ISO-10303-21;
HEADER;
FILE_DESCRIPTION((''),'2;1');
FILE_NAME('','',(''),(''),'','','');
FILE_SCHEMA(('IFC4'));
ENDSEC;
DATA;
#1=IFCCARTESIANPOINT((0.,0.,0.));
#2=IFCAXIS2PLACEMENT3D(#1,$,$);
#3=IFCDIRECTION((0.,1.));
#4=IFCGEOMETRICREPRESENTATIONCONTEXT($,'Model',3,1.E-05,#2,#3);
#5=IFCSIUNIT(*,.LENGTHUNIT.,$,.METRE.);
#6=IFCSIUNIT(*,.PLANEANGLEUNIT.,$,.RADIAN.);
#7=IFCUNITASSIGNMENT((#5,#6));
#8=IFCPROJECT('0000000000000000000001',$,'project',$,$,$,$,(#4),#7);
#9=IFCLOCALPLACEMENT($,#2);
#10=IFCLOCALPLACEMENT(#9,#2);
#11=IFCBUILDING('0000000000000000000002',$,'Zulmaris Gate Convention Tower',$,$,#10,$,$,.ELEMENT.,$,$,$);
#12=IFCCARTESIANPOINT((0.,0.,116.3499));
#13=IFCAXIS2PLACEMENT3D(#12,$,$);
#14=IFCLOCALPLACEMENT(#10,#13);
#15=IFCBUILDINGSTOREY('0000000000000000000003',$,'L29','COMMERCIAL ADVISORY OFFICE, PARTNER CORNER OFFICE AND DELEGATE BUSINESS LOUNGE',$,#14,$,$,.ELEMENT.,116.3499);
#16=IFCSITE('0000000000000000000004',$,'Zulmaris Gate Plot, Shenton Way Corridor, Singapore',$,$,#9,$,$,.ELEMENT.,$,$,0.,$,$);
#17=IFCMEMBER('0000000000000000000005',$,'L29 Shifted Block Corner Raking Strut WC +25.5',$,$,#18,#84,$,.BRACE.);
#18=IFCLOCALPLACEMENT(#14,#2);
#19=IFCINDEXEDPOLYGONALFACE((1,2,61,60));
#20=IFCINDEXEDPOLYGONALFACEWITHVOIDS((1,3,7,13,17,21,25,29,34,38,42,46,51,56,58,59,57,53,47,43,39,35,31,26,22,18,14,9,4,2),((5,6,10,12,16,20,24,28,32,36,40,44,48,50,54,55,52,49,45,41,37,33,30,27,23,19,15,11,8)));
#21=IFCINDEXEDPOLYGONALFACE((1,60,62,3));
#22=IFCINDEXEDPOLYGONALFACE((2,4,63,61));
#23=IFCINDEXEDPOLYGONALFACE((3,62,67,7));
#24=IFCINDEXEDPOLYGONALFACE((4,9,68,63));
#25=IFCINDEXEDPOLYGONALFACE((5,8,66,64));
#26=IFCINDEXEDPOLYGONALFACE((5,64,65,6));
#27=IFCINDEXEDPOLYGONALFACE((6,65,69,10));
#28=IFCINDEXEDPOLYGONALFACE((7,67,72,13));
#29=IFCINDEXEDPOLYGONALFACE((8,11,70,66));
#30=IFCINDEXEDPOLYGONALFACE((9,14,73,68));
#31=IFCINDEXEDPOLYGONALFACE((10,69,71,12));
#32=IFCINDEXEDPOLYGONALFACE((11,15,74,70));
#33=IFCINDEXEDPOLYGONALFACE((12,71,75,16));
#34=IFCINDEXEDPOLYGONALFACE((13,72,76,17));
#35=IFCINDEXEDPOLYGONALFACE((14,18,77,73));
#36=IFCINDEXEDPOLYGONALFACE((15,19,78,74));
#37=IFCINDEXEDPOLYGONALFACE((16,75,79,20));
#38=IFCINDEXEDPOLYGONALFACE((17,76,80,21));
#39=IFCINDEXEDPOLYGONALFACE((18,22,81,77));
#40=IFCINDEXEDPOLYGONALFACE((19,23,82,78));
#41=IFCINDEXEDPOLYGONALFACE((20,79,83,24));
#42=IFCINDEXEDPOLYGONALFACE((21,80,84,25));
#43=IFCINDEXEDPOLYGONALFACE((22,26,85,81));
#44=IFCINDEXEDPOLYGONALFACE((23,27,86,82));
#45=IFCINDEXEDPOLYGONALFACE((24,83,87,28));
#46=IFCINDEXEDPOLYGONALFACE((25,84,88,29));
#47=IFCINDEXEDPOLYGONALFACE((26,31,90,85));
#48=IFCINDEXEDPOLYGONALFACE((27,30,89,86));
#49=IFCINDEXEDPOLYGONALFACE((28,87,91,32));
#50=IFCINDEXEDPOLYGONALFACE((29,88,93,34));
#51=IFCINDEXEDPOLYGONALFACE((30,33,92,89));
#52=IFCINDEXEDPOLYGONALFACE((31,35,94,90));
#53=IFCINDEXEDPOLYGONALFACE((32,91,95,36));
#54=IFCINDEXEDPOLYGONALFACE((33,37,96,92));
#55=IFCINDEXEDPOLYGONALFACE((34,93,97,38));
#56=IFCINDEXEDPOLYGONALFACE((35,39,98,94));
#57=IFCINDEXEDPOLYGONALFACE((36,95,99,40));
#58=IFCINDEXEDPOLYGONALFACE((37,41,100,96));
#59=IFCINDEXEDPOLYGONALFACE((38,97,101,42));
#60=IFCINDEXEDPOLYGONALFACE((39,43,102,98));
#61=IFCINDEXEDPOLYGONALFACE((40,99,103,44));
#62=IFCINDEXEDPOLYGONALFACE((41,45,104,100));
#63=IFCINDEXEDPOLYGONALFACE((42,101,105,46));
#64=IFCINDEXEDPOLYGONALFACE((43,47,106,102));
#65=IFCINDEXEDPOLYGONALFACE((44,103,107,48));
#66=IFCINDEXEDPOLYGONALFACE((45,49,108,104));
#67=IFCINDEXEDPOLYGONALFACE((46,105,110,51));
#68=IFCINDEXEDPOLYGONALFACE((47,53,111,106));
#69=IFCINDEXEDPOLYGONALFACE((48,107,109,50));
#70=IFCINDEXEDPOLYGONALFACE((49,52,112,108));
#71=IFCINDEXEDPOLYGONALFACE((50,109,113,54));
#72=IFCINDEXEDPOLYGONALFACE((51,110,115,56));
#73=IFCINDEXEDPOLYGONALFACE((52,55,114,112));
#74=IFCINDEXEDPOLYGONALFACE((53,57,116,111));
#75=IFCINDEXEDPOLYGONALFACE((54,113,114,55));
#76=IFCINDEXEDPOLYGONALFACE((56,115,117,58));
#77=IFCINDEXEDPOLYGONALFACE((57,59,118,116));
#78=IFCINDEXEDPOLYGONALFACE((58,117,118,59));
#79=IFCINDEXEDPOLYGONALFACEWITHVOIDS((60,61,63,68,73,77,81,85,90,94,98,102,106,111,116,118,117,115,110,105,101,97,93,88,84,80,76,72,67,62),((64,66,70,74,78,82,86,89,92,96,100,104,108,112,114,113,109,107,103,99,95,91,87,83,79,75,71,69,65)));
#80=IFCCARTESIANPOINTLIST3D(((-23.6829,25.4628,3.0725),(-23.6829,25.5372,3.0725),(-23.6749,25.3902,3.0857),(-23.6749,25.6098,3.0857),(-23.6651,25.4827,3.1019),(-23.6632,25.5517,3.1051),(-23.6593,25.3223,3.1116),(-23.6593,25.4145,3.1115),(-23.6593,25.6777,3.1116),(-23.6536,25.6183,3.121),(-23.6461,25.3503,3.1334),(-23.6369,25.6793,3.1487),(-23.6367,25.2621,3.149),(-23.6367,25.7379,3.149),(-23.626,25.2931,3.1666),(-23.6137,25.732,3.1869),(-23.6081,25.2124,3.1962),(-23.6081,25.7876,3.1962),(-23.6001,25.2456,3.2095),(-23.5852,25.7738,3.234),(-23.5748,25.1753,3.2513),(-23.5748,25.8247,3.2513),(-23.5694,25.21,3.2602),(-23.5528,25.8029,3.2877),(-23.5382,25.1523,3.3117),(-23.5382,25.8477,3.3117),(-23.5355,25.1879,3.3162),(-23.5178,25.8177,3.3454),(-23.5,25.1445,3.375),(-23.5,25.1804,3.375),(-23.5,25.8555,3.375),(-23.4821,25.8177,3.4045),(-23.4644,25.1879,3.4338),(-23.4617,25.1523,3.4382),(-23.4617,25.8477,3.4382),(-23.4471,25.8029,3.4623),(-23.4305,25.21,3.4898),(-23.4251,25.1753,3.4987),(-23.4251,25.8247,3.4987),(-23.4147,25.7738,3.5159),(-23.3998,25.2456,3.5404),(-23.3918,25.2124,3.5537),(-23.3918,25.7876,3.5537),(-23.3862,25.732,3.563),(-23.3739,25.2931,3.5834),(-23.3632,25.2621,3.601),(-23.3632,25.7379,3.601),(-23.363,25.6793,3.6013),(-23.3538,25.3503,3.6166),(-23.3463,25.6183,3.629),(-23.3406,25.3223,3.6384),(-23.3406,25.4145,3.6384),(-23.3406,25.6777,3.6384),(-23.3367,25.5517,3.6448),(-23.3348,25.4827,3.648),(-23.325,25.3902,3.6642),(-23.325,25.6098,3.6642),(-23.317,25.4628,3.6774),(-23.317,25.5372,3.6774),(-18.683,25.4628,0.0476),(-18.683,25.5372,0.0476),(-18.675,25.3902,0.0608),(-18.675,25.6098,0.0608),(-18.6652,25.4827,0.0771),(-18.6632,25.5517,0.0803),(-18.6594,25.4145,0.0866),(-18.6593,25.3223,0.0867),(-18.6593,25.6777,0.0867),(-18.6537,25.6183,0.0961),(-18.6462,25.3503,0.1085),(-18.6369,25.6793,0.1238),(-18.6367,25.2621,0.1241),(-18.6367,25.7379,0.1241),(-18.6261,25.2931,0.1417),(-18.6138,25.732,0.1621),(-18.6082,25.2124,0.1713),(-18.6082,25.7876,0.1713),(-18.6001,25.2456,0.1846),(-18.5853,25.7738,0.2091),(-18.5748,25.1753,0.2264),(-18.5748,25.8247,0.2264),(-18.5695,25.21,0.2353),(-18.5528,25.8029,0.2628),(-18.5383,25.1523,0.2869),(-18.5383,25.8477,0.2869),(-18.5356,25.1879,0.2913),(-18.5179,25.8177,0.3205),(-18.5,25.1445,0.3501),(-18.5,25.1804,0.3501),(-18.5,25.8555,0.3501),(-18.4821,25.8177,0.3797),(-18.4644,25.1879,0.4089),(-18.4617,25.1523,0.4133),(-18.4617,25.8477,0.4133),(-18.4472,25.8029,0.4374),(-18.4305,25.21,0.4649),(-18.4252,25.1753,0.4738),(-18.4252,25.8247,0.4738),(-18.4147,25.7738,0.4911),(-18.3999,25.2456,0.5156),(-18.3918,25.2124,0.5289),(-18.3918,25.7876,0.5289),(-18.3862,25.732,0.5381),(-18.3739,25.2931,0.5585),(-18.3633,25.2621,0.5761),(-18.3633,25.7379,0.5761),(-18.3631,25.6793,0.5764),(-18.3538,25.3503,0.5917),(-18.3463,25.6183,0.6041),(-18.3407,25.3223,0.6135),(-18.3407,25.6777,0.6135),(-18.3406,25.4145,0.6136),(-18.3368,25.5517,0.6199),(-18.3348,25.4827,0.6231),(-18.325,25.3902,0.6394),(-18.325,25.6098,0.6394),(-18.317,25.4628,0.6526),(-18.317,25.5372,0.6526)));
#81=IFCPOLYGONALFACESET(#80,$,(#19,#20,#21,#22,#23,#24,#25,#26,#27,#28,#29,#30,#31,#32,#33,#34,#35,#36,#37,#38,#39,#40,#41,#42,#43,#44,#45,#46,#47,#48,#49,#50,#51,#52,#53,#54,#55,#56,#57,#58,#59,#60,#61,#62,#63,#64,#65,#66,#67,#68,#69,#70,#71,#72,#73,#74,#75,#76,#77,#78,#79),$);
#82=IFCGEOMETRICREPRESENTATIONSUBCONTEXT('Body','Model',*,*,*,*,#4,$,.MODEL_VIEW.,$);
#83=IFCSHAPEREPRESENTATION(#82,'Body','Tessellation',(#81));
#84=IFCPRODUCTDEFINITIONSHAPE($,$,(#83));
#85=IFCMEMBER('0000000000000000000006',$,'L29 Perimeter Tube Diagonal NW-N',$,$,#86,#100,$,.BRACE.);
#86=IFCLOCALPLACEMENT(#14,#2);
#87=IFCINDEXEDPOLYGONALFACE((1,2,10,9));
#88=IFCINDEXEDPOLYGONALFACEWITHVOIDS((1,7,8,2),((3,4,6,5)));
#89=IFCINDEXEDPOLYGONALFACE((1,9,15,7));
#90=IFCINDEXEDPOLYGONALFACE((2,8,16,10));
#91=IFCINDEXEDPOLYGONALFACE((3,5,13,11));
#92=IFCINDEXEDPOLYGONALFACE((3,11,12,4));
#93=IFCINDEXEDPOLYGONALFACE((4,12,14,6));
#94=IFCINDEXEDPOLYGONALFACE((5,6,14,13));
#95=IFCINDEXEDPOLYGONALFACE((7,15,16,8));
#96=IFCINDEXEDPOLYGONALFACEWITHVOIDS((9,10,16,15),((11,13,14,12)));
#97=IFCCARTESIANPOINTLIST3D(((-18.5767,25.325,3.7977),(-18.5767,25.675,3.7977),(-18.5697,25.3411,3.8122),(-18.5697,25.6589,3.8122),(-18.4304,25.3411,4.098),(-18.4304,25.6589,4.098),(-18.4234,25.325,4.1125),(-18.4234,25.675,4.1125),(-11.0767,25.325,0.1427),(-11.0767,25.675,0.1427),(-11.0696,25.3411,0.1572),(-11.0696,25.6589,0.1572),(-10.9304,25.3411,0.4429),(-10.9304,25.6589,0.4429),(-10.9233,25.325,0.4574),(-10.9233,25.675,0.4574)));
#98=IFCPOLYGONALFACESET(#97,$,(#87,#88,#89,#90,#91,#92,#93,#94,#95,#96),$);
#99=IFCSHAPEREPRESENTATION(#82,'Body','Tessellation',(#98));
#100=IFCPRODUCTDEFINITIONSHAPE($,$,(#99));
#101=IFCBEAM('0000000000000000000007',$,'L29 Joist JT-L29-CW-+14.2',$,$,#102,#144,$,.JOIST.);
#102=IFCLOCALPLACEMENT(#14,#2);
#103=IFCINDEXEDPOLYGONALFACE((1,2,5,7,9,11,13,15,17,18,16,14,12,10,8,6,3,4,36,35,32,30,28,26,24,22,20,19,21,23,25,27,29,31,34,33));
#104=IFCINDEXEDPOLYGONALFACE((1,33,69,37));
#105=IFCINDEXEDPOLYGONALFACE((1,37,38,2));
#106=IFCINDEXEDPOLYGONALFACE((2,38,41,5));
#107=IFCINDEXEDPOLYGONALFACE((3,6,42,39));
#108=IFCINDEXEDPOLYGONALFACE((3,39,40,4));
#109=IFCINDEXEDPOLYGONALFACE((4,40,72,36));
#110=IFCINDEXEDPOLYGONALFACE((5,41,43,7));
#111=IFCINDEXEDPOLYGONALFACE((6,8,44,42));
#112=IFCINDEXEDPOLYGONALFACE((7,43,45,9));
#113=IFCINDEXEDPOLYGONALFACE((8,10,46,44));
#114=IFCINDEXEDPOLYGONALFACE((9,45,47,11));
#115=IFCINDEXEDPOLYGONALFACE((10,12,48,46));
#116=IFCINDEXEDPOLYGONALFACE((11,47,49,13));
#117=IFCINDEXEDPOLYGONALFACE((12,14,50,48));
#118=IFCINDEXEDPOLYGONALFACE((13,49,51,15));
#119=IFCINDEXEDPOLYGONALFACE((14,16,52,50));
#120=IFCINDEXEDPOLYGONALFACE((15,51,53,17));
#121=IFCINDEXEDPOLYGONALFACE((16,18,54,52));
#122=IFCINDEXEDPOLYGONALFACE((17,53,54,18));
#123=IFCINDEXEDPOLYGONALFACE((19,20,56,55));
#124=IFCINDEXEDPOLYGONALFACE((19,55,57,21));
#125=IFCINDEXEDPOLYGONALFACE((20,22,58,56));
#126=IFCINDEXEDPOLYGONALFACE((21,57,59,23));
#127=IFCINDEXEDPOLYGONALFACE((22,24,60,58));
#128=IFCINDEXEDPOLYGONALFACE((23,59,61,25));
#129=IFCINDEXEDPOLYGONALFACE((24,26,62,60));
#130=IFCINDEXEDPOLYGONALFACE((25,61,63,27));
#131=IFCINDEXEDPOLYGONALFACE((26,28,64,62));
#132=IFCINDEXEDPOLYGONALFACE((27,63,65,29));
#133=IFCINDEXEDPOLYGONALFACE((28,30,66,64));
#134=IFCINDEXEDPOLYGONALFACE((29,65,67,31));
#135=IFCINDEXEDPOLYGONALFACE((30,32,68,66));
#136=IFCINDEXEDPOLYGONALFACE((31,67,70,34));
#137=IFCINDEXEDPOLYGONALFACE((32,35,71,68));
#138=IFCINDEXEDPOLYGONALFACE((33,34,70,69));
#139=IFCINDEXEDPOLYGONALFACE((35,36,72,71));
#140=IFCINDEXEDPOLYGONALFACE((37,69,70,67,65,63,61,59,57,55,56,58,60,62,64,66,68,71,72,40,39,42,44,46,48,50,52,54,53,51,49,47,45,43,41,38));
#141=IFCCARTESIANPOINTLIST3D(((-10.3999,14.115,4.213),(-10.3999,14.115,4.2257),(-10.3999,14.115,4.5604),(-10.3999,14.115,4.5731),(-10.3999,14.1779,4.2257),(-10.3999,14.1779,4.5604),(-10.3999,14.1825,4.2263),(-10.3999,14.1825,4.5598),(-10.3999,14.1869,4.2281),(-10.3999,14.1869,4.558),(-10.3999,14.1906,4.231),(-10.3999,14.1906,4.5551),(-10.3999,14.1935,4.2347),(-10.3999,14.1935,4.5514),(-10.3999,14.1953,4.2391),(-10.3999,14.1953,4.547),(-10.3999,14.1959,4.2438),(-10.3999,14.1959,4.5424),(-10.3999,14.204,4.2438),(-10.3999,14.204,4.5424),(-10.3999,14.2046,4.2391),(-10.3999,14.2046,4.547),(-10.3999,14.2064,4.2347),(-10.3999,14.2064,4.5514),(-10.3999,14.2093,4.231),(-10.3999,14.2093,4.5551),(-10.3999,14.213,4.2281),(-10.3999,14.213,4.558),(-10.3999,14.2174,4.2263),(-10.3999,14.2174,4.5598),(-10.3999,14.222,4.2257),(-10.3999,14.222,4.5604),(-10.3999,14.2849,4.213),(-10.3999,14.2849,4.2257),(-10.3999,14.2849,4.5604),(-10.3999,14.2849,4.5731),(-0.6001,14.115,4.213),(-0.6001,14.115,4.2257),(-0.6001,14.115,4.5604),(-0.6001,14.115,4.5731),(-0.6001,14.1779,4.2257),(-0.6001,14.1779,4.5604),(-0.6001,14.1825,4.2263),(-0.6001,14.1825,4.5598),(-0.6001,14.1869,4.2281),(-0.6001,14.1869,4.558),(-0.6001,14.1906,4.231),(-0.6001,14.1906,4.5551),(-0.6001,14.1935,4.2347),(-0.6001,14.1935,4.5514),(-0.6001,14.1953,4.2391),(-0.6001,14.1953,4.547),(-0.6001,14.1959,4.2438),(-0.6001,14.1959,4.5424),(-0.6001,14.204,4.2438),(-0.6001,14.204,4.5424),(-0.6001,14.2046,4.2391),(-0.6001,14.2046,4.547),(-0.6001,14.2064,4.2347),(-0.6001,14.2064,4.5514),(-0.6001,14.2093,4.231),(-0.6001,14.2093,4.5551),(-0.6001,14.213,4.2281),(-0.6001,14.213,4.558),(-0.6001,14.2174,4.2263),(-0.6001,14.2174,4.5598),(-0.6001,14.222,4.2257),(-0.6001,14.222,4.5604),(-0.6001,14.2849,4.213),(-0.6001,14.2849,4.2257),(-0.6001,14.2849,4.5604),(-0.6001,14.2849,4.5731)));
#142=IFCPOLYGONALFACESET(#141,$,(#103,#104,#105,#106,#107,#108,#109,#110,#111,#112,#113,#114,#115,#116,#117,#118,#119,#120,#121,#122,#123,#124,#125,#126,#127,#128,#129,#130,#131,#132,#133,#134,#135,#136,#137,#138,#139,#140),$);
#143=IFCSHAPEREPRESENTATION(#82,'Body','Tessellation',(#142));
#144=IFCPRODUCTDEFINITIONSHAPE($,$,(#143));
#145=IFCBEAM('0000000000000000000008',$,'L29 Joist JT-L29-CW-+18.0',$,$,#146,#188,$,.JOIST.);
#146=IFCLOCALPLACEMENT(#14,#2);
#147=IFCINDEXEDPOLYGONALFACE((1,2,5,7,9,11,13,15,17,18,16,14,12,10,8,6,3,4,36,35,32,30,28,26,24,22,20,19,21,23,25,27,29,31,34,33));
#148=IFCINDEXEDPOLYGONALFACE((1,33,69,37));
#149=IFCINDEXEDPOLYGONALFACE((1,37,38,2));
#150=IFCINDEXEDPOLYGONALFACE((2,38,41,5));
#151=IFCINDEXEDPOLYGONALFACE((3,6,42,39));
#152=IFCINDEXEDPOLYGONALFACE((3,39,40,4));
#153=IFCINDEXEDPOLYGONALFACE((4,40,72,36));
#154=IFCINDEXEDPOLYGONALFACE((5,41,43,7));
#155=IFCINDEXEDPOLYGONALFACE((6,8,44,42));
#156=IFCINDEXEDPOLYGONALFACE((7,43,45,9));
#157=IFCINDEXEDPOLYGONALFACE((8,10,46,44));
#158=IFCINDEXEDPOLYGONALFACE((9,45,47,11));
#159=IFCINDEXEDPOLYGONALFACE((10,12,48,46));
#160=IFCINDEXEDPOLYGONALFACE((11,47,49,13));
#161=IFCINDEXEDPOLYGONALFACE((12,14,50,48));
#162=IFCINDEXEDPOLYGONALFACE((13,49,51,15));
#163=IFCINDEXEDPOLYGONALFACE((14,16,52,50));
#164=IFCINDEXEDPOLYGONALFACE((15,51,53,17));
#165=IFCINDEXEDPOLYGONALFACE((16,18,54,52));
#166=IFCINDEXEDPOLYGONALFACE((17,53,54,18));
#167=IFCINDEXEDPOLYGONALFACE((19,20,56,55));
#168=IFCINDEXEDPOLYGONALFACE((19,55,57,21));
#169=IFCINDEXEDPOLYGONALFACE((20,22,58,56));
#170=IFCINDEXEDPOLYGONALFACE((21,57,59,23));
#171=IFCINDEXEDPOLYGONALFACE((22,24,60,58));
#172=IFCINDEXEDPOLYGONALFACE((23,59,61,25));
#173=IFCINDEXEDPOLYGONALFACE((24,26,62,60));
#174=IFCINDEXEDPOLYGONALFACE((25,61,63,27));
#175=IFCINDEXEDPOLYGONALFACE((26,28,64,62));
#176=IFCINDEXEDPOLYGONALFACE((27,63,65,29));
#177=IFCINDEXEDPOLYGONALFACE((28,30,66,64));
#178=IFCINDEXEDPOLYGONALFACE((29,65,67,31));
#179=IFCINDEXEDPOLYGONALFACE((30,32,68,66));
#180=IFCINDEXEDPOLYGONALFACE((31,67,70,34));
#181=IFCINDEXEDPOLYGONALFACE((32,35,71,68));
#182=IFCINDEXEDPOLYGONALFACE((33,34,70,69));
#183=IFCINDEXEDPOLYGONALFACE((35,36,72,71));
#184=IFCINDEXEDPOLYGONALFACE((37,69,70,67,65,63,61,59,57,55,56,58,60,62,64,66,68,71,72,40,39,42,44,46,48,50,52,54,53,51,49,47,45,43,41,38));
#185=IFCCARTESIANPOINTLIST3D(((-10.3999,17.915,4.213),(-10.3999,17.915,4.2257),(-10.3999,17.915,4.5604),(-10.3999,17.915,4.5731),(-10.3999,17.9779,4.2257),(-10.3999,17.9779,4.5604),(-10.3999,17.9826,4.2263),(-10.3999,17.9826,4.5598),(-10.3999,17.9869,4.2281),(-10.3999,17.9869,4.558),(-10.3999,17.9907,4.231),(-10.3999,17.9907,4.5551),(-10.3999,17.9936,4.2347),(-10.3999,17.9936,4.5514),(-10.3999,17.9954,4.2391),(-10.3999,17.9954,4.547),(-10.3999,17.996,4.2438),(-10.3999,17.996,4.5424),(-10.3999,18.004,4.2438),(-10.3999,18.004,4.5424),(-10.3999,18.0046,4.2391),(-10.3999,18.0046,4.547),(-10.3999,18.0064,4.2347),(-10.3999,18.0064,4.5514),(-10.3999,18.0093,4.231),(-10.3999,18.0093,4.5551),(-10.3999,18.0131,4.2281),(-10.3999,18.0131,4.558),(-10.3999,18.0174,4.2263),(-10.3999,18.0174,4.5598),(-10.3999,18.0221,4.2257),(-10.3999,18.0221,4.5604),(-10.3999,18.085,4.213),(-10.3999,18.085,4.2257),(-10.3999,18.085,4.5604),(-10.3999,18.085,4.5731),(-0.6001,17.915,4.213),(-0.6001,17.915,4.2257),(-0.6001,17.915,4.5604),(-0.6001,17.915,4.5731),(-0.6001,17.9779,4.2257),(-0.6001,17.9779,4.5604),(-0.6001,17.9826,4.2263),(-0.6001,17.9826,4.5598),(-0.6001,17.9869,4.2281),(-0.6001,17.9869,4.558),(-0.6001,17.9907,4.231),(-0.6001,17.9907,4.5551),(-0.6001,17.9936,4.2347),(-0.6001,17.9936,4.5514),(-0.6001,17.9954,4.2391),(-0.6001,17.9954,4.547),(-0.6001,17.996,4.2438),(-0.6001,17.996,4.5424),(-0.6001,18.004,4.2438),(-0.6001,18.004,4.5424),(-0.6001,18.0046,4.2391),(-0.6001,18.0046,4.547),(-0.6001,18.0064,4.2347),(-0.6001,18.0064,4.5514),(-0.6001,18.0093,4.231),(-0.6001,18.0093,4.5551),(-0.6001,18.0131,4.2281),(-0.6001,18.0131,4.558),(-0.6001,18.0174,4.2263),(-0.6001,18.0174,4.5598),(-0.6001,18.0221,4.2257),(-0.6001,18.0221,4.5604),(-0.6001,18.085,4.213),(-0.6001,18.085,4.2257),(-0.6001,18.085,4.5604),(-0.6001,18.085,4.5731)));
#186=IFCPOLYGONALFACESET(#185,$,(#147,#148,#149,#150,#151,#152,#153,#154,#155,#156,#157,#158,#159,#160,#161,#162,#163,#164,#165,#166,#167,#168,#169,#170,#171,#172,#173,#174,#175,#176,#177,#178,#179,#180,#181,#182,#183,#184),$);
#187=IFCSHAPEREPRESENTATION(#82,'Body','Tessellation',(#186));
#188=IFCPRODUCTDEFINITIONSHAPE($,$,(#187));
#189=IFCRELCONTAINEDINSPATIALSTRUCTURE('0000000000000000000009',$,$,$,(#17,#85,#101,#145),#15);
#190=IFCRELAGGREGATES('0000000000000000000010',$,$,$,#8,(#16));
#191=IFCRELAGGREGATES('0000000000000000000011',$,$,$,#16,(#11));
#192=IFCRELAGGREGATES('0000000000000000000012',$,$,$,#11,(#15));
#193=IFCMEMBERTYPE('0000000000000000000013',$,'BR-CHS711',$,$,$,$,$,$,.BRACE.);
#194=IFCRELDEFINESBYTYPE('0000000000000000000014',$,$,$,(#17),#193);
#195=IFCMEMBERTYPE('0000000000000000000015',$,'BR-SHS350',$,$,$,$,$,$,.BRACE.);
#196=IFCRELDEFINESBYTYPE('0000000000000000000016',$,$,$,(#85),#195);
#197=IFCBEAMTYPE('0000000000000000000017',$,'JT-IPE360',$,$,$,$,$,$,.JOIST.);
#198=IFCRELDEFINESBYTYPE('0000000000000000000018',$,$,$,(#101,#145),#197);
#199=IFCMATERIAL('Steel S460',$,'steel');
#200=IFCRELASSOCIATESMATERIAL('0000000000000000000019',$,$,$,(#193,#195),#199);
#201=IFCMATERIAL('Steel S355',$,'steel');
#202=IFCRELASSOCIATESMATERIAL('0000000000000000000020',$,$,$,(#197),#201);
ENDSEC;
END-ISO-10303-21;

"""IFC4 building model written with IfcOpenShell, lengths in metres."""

from ifc_helpers import new_model, si_unit, direction, frame, origin, origin_2d, place, context, subcontext, project, spatial, hollow_rectangle, hollow_circle, i_section, extrude, material, material_profile, profile_set, type_object, element, save


model = new_model("IFC4")

# Units and contexts
model_context = context("Model", 3, precision=1e-05, world=origin(), true_north=direction((0.0, 1.0)))
body_context = subcontext(model_context, "Body", "Model", "MODEL_VIEW")
ifc_project = project(units=[si_unit("LENGTHUNIT", "METRE"), si_unit("PLANEANGLEUNIT", "RADIAN")], contexts=[model_context])

# Site, building, storey
site_placement = place(None, origin())
site = spatial("IfcSite", under=ifc_project, at=site_placement, Name="Zulmaris Gate Plot, Shenton Way Corridor, Singapore", CompositionType="ELEMENT", RefElevation=0.0)
building_placement = place(site_placement, origin())
building = spatial("IfcBuilding", under=site, at=building_placement, Name="Zulmaris Gate Convention Tower", CompositionType="ELEMENT")
storey_placement = place(building_placement, frame((0.0, 0.0, 116.3499)))
storey = spatial("IfcBuildingStorey", under=building, at=storey_placement, Name="L29", Description="COMMERCIAL ADVISORY OFFICE, PARTNER CORNER OFFICE AND DELEGATE BUSINESS LOUNGE", CompositionType="ELEMENT", Elevation=116.3499)

# Shared definitions
ifc_material_1 = material(Name="Steel S355", Category="steel")

# Members
ifc_material_2 = material(Name="Steel S460", Category="steel")
ifc_material_profile_1 = material_profile(ifc_material_2, hollow_circle(Radius=0.3555, WallThickness=0.0359, at=origin_2d()), Name="CHS 711x36")
ifc_profile_set_1 = profile_set([ifc_material_profile_1], Name="Steel S460")
member_type_1 = type_object("IfcMemberType", Name="BR-CHS711", PredefinedType="BRACE", material=ifc_profile_set_1)
member_1_placement = place(storey_placement, frame((-18.5, 25.5, 0.3501), z_axis=(-0.855607, 0.0, 0.517626), x_axis=(0.0, -1.0, 0.0)))
element("IfcMember", 1, at=member_1_placement, inside=storey, type_object=member_type_1, Name="L29 Shifted Block Corner Raking Strut WC +25.5", PredefinedType="BRACE", context=body_context, shape_type="SweptSolid", body=[
    extrude(hollow_circle(Radius=0.3555, WallThickness=0.0359, at=origin_2d()), origin(), (0.0, 0.0, 1.0), 5.8438),
])
ifc_material_profile_2 = material_profile(ifc_material_2, hollow_rectangle(XDim=0.3501, YDim=0.3501, WallThickness=0.0161, at=origin_2d()), Name="SHS 350x350x16")
ifc_profile_set_2 = profile_set([ifc_material_profile_2], Name="Steel S460")
member_type_2 = type_object("IfcMemberType", Name="BR-SHS350", PredefinedType="BRACE", material=ifc_profile_set_2)
member_2_placement = place(storey_placement, frame((-11.0, 25.5, 0.3), z_axis=(-0.898934, 0.0, 0.438084), x_axis=(0.0, -1.0, 0.0)))
element("IfcMember", 2, at=member_2_placement, inside=storey, type_object=member_type_2, Name="L29 Perimeter Tube Diagonal NW-N", PredefinedType="BRACE", context=body_context, shape_type="SweptSolid", body=[
    extrude(hollow_rectangle(XDim=0.3501, YDim=0.3501, WallThickness=0.0161, at=origin_2d()), origin(), (0.0, 0.0, 1.0), 8.3433),
])

# Beams
ifc_material_profile_3 = material_profile(ifc_material_1, i_section(OverallWidth=0.1699, OverallDepth=0.3601, WebThickness=0.0081, FlangeThickness=0.0127, FilletRadius=0.0181, at=origin_2d()), Name="IPE 360")
ifc_profile_set_3 = profile_set([ifc_material_profile_3], Name="Steel S355")
beam_type_1 = type_object("IfcBeamType", Name="JT-IPE360", PredefinedType="JOIST", material=ifc_profile_set_3)
for number, where, z_axis, x_axis, name in (
    (3, (-10.3999, 14.2, 4.3931), (1.0, 0.0, 0.0), (0.0, 1.0, 0.0), "L29 Joist JT-L29-CW-+14.2"),
    (4, (-10.3999, 18.0, 4.3931), (1.0, 0.0, 0.0), (0.0, 1.0, 0.0), "L29 Joist JT-L29-CW-+18.0"),
):
    element("IfcBeam", number, at=place(storey_placement, frame(where, z_axis=z_axis, x_axis=x_axis)), inside=storey, type_object=beam_type_1, Name=name, PredefinedType="JOIST", context=body_context, shape_type="SweptSolid", body=[
        extrude(i_section(OverallWidth=0.1699, OverallDepth=0.3601, WebThickness=0.0081, FlangeThickness=0.0127, FilletRadius=0.0181, at=origin_2d()), origin(), (0.0, 0.0, 1.0), 9.7998),
    ])

save(model, "model.ifc")
